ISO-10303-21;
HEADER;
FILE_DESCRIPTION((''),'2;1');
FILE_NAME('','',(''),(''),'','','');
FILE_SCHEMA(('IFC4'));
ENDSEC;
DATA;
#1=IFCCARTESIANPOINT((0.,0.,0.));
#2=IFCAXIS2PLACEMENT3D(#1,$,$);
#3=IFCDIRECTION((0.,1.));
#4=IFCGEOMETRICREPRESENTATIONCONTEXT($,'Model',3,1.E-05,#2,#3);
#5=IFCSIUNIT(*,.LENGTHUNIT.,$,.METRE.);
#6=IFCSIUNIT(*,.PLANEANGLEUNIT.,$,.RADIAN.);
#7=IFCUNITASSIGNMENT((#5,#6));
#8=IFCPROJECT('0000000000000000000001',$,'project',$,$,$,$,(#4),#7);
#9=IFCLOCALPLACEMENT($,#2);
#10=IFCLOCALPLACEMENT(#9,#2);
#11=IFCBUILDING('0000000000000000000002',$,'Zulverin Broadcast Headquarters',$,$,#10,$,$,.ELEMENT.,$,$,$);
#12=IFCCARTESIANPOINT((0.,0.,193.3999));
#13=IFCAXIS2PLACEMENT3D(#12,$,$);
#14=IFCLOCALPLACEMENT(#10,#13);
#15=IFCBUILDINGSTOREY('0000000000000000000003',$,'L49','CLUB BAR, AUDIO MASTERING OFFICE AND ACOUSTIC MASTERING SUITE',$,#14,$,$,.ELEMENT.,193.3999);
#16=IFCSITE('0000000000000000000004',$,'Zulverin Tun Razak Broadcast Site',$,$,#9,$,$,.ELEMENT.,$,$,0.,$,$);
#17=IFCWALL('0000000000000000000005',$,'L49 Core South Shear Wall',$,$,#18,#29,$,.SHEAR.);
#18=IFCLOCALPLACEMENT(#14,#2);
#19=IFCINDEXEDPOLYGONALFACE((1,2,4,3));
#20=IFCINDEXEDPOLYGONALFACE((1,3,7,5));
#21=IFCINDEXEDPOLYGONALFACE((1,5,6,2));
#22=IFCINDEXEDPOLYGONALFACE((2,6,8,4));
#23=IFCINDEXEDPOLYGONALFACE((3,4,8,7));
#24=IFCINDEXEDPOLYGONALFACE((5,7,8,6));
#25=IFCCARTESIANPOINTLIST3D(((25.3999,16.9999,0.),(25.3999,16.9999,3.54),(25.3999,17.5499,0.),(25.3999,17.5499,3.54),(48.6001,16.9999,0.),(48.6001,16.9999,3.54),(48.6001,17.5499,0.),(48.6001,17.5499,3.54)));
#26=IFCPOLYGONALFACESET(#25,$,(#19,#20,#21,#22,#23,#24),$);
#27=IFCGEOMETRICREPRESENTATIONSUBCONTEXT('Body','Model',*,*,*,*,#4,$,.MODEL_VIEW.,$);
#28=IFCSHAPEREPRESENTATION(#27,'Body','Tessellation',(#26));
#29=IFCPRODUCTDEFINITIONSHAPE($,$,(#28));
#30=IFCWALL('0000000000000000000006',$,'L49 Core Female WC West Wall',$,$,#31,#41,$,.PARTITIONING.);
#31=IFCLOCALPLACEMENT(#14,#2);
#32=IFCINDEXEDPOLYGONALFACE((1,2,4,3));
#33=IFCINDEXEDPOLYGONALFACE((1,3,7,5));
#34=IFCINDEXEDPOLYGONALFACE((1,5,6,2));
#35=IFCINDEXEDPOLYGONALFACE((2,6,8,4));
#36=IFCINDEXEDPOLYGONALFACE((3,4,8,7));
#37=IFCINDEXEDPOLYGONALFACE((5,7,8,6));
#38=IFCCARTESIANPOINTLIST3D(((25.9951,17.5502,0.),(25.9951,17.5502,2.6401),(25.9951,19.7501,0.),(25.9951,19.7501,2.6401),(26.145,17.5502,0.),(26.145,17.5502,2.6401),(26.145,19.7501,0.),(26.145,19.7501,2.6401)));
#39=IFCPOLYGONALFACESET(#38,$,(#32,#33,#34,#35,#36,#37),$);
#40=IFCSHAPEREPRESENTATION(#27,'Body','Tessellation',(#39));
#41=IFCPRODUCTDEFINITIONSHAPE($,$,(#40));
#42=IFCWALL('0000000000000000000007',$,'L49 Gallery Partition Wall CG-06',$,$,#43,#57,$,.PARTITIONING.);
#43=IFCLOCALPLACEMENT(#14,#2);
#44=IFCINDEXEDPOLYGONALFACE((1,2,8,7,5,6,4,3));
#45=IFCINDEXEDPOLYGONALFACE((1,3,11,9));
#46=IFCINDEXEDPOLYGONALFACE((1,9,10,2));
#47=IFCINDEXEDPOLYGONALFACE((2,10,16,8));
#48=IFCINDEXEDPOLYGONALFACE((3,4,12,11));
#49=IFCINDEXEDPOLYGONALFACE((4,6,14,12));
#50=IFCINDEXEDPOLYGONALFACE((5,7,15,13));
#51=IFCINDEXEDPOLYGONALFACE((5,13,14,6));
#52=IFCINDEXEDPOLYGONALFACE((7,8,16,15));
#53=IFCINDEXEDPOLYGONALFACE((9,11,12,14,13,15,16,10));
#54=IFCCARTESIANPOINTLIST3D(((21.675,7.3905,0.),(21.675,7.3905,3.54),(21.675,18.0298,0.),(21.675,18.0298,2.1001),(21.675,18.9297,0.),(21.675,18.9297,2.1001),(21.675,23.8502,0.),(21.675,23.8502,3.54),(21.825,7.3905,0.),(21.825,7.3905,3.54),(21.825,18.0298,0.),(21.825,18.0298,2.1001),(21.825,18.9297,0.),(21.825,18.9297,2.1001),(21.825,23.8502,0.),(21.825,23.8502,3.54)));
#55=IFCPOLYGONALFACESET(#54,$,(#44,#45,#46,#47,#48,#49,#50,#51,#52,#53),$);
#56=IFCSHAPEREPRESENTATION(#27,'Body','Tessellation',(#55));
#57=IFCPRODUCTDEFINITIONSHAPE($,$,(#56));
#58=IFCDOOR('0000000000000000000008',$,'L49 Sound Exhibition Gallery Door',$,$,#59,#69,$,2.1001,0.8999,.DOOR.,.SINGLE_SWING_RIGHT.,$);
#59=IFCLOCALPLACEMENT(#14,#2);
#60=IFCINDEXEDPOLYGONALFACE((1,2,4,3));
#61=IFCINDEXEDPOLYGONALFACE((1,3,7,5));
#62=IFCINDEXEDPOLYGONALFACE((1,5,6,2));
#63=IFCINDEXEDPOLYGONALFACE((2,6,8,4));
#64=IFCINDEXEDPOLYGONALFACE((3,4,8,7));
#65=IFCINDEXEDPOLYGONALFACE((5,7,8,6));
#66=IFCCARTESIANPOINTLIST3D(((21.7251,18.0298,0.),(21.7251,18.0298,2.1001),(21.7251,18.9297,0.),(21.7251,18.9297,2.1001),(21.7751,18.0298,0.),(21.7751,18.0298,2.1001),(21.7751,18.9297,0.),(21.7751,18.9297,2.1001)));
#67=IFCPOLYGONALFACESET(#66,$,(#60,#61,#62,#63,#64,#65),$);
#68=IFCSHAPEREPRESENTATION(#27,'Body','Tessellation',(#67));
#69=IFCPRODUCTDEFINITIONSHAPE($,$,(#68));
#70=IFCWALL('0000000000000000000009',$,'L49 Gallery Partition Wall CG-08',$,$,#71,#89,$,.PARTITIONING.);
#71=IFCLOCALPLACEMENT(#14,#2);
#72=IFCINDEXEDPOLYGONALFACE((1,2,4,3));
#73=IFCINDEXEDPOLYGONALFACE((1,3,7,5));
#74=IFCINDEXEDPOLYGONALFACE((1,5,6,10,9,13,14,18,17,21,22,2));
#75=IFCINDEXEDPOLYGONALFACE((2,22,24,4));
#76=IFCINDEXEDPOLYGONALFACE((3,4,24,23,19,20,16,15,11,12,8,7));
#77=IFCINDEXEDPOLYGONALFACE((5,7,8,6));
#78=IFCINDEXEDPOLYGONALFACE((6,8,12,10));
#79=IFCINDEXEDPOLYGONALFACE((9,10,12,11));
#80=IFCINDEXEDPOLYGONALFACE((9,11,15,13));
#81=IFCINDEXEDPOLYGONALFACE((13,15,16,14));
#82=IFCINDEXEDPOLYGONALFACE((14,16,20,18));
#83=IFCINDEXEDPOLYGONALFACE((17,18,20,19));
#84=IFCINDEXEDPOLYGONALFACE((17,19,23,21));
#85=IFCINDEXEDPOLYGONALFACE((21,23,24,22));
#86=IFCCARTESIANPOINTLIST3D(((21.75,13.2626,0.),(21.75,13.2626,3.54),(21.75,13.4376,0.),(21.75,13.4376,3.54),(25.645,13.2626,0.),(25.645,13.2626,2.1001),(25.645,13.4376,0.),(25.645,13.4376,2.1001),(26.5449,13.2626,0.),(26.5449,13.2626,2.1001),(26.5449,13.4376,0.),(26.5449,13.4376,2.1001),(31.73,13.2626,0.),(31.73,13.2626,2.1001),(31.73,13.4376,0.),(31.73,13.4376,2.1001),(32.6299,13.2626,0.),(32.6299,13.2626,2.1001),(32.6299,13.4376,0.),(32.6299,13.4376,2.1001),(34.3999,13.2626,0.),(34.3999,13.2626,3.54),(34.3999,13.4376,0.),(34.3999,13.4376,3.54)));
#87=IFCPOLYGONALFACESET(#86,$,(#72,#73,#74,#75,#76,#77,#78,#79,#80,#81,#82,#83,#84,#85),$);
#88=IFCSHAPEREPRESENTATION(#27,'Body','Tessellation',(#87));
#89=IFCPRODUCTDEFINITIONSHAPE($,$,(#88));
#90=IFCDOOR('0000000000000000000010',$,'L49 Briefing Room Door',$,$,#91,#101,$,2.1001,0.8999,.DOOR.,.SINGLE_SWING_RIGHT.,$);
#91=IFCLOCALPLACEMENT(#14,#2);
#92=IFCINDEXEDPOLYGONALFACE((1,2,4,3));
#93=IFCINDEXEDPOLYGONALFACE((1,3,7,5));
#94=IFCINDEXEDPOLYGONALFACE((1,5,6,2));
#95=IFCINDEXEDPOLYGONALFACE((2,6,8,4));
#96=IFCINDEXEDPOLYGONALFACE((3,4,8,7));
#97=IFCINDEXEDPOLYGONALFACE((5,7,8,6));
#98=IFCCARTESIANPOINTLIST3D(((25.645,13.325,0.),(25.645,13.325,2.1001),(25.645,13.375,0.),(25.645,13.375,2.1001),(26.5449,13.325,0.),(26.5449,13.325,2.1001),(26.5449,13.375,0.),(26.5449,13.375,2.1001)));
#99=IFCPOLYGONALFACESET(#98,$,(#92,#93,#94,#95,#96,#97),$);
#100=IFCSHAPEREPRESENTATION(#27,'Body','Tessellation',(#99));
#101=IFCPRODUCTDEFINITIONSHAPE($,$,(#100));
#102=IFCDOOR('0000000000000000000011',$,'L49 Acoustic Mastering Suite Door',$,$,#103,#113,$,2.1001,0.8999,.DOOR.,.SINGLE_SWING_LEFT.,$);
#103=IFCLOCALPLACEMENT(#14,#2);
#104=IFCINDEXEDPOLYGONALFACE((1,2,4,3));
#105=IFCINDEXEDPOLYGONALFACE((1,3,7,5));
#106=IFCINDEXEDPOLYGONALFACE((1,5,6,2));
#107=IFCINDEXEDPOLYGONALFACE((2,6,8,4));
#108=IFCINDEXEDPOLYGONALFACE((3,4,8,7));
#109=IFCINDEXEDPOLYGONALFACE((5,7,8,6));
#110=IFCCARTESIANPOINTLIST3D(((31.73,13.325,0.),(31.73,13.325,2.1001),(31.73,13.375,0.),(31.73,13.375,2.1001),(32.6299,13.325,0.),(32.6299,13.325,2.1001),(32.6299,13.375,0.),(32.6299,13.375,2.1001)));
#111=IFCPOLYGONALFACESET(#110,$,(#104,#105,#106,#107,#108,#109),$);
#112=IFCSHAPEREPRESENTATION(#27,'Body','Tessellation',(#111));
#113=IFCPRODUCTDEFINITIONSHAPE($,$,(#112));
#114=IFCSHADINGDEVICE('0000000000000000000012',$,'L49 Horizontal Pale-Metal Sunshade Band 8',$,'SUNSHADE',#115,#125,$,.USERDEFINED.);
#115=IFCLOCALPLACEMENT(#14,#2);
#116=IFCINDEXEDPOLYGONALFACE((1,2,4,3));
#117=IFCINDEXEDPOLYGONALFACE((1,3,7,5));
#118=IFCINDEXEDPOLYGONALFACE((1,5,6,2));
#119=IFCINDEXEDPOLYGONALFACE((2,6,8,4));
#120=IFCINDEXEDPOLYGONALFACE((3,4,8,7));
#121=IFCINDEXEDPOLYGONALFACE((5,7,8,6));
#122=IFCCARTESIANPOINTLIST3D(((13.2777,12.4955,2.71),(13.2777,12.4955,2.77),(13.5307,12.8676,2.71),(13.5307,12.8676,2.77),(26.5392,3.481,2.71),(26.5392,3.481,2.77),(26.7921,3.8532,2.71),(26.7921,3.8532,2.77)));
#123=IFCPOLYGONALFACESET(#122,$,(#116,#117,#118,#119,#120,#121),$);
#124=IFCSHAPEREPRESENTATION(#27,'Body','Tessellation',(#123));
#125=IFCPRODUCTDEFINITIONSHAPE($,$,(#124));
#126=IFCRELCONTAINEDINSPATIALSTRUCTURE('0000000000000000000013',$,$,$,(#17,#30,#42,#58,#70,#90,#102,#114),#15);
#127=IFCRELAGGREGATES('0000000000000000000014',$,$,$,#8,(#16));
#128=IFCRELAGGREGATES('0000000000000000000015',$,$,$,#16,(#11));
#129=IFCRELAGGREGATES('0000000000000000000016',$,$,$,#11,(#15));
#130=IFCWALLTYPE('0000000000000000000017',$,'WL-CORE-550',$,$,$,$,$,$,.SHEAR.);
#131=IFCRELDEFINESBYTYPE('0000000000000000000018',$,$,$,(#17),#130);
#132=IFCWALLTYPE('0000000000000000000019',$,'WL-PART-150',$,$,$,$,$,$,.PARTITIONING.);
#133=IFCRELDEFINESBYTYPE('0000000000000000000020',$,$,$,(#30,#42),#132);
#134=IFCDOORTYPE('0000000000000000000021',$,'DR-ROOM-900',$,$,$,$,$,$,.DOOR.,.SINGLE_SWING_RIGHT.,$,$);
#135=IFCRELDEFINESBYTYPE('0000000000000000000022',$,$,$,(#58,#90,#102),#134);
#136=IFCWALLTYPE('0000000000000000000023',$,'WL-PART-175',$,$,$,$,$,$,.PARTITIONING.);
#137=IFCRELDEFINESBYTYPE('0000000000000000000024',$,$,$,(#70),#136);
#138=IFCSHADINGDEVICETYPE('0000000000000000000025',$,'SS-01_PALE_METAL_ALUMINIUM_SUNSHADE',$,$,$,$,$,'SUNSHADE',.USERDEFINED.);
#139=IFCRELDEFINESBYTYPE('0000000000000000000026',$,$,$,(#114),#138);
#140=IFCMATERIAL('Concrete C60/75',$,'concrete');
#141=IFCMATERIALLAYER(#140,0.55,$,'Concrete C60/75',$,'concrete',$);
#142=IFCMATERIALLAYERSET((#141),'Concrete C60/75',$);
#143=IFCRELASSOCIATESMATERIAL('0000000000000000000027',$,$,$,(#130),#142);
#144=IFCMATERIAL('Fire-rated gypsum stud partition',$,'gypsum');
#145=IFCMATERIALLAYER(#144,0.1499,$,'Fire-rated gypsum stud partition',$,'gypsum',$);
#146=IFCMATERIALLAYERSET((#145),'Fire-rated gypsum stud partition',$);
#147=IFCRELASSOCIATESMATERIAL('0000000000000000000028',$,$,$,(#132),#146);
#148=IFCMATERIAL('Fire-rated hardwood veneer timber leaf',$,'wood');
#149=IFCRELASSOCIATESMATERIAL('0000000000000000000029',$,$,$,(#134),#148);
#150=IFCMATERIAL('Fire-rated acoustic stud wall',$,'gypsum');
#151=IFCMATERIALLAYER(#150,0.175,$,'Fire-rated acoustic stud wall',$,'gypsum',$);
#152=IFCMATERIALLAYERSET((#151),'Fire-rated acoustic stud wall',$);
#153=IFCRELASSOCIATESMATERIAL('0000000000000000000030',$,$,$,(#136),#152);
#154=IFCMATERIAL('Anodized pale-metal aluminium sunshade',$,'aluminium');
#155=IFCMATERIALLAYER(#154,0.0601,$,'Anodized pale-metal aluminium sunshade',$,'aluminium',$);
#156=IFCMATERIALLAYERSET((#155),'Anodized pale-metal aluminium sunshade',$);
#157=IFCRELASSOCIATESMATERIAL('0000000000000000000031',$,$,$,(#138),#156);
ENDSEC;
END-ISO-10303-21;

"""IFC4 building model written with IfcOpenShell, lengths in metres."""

from ifc_helpers import new_model, si_unit, direction, frame, frame_2d, origin, origin_2d, place, context, subcontext, project, spatial, rectangle, extrude, material, layer, layer_set, type_object, element, fill, save


model = new_model("IFC4")

# Units and contexts
model_context = context("Model", 3, precision=1e-05, world=origin(), true_north=direction((0.0, 1.0)))
body_context = subcontext(model_context, "Body", "Model", "MODEL_VIEW")
ifc_project = project(units=[si_unit("LENGTHUNIT", "METRE"), si_unit("PLANEANGLEUNIT", "RADIAN")], contexts=[model_context])

# Site, building, storey
site_placement = place(None, origin())
site = spatial("IfcSite", under=ifc_project, at=site_placement, Name="Zulverin Tun Razak Broadcast Site", CompositionType="ELEMENT", RefElevation=0.0)
building_placement = place(site_placement, origin())
building = spatial("IfcBuilding", under=site, at=building_placement, Name="Zulverin Broadcast Headquarters", CompositionType="ELEMENT")
storey_placement = place(building_placement, frame((0.0, 0.0, 193.3999)))
storey = spatial("IfcBuildingStorey", under=building, at=storey_placement, Name="L49", Description="CLUB BAR, AUDIO MASTERING OFFICE AND ACOUSTIC MASTERING SUITE", CompositionType="ELEMENT", Elevation=193.3999)

# Shared definitions
ifc_material_1 = material(Name="Concrete C60/75", Category="concrete")

# Wall
ifc_layer_1 = layer(ifc_material_1, 0.55, Name="Concrete C60/75", Category="concrete")
ifc_layer_set_1 = layer_set([ifc_layer_1], Name="Concrete C60/75")
wall_type_1 = type_object("IfcWallType", Name="WL-CORE-550", PredefinedType="SHEAR", material=ifc_layer_set_1)
wall_1_placement = place(storey_placement, frame((25.3999, 17.2749, 0.0), z_axis=(0.0, 0.0, 1.0), x_axis=(1.0, 0.0, 0.0)))
element("IfcWall", 1, at=wall_1_placement, inside=storey, type_object=wall_type_1, Name="L49 Core South Shear Wall", PredefinedType="SHEAR", context=body_context, shape_type="SweptSolid", body=[
    extrude(rectangle(XDim=23.2002, YDim=0.55, at=frame_2d((11.6001, 0.0))), origin(), (0.0, 0.0, 1.0), 3.54),
])

# Wall
ifc_material_2 = material(Name="Fire-rated gypsum stud partition", Category="gypsum")
ifc_layer_2 = layer(ifc_material_2, 0.1499, Name="Fire-rated gypsum stud partition", Category="gypsum")
ifc_layer_set_2 = layer_set([ifc_layer_2], Name="Fire-rated gypsum stud partition")
wall_type_2 = type_object("IfcWallType", Name="WL-PART-150", PredefinedType="PARTITIONING", material=ifc_layer_set_2)
wall_2_placement = place(storey_placement, frame((26.0701, 17.55, 0.0), z_axis=(0.0, 0.0, 1.0), x_axis=(0.0, 1.0, 0.0)))
element("IfcWall", 2, at=wall_2_placement, inside=storey, type_object=wall_type_2, Name="L49 Core Female WC West Wall", PredefinedType="PARTITIONING", context=body_context, shape_type="SweptSolid", body=[
    extrude(rectangle(XDim=2.2, YDim=0.1499, at=frame_2d((1.1001, 0.0))), origin(), (0.0, 0.0, 1.0), 2.6401),
])

# Wall, opening, door
wall_3_placement = place(storey_placement, frame((21.75, 7.3904, 0.0), z_axis=(0.0, 0.0, 1.0), x_axis=(0.0, 1.0, 0.0)))
wall_3 = element("IfcWall", 3, at=wall_3_placement, inside=storey, type_object=wall_type_2, Name="L49 Gallery Partition Wall CG-06", PredefinedType="PARTITIONING", context=body_context, shape_type="SweptSolid", body=[
    extrude(rectangle(XDim=16.4597, YDim=0.1499, at=frame_2d((8.23, 0.0))), origin(), (0.0, 0.0, 1.0), 3.54),
])
opening_1_placement = place(wall_3_placement, frame((10.6394, 0.0, 0.0)))
opening_1 = element("IfcOpeningElement", 4, at=opening_1_placement, cuts=wall_3, PredefinedType="OPENING", context=body_context, shape_type="SweptSolid", body=[
    extrude(rectangle(XDim=0.8999, YDim=2.1001, at=frame_2d((0.45, 1.05))), frame((0.0, 0.085, 0.0), z_axis=(0.0, -1.0, 0.0), x_axis=(1.0, 0.0, 0.0)), (0.0, 0.0, 1.0), 0.1699),
])
ifc_material_3 = material(Name="Fire-rated hardwood veneer timber leaf", Category="wood")
door_type_1 = type_object("IfcDoorType", Name="DR-ROOM-900", OperationType="SINGLE_SWING_RIGHT", PredefinedType="DOOR", material=ifc_material_3)
door_1_placement = place(opening_1_placement, origin())
door_1 = element("IfcDoor", 5, at=door_1_placement, inside=storey, type_object=door_type_1, Name="L49 Sound Exhibition Gallery Door", OperationType="SINGLE_SWING_RIGHT", OverallHeight=2.1001, OverallWidth=0.8999, PredefinedType="DOOR", context=body_context, shape_type="SweptSolid", body=[
    extrude(rectangle(XDim=0.8999, YDim=2.1001, at=frame_2d((0.45, 1.05))), frame((0.0, 0.0249, 0.0), z_axis=(0.0, -1.0, 0.0), x_axis=(1.0, 0.0, 0.0)), (0.0, 0.0, 1.0), 0.05),
])
fill(opening_1, door_1)

# Wall, openings, doors
ifc_material_4 = material(Name="Fire-rated acoustic stud wall", Category="gypsum")
ifc_layer_3 = layer(ifc_material_4, 0.175, Name="Fire-rated acoustic stud wall", Category="gypsum")
ifc_layer_set_3 = layer_set([ifc_layer_3], Name="Fire-rated acoustic stud wall")
wall_type_3 = type_object("IfcWallType", Name="WL-PART-175", PredefinedType="PARTITIONING", material=ifc_layer_set_3)
wall_4_placement = place(storey_placement, frame((21.75, 13.3501, 0.0), z_axis=(0.0, 0.0, 1.0), x_axis=(1.0, 0.0, 0.0)))
wall_4 = element("IfcWall", 6, at=wall_4_placement, inside=storey, type_object=wall_type_3, Name="L49 Gallery Partition Wall CG-08", PredefinedType="PARTITIONING", context=body_context, shape_type="SweptSolid", body=[
    extrude(rectangle(XDim=12.6499, YDim=0.175, at=frame_2d((6.325, 0.0))), origin(), (0.0, 0.0, 1.0), 3.54),
])
opening_2_placement = place(wall_4_placement, frame((3.895, 0.0, 0.0)))
opening_2 = element("IfcOpeningElement", 7, at=opening_2_placement, cuts=wall_4, PredefinedType="OPENING", context=body_context, shape_type="SweptSolid", body=[
    extrude(rectangle(XDim=0.8999, YDim=2.1001, at=frame_2d((0.45, 1.05))), frame((0.0, 0.0974, 0.0), z_axis=(0.0, -1.0, 0.0), x_axis=(1.0, 0.0, 0.0)), (0.0, 0.0, 1.0), 0.1951),
])
opening_3_placement = place(wall_4_placement, frame((9.98, 0.0, 0.0)))
opening_3 = element("IfcOpeningElement", 8, at=opening_3_placement, cuts=wall_4, PredefinedType="OPENING", context=body_context, shape_type="SweptSolid", body=[
    extrude(rectangle(XDim=0.8999, YDim=2.1001, at=frame_2d((0.45, 1.05))), frame((0.0, 0.0974, 0.0), z_axis=(0.0, -1.0, 0.0), x_axis=(1.0, 0.0, 0.0)), (0.0, 0.0, 1.0), 0.1951),
])
door_2_placement = place(opening_2_placement, origin())
door_2 = element("IfcDoor", 9, at=door_2_placement, inside=storey, type_object=door_type_1, Name="L49 Briefing Room Door", OperationType="SINGLE_SWING_RIGHT", OverallHeight=2.1001, OverallWidth=0.8999, PredefinedType="DOOR", context=body_context, shape_type="SweptSolid", body=[
    extrude(rectangle(XDim=0.8999, YDim=2.1001, at=frame_2d((0.45, 1.05))), frame((0.0, 0.0249, 0.0), z_axis=(0.0, -1.0, 0.0), x_axis=(1.0, 0.0, 0.0)), (0.0, 0.0, 1.0), 0.05),
])
fill(opening_2, door_2)
door_3_placement = place(opening_3_placement, origin())
door_3 = element("IfcDoor", 10, at=door_3_placement, inside=storey, type_object=door_type_1, Name="L49 Acoustic Mastering Suite Door", OperationType="SINGLE_SWING_LEFT", OverallHeight=2.1001, OverallWidth=0.8999, PredefinedType="DOOR", context=body_context, shape_type="SweptSolid", body=[
    extrude(rectangle(XDim=0.8999, YDim=2.1001, at=frame_2d((0.45, 1.05))), frame((0.0, 0.0249, 0.0), z_axis=(0.0, -1.0, 0.0), x_axis=(1.0, 0.0, 0.0)), (0.0, 0.0, 1.0), 0.05),
])
fill(opening_3, door_3)

# Shading device
ifc_material_5 = material(Name="Anodized pale-metal aluminium sunshade", Category="aluminium")
ifc_layer_4 = layer(ifc_material_5, 0.0601, Name="Anodized pale-metal aluminium sunshade", Category="aluminium")
ifc_layer_set_4 = layer_set([ifc_layer_4], Name="Anodized pale-metal aluminium sunshade")
shading_device_type = type_object("IfcShadingDeviceType", Name="SS-01_PALE_METAL_ALUMINIUM_SUNSHADE", ElementType="SUNSHADE", PredefinedType="USERDEFINED", material=ifc_layer_set_4)
shading_device_placement = place(storey_placement, frame((20.0349, 8.1743, 2.71), z_axis=(0.0, 0.0, 1.0), x_axis=(0.827025, -0.562166, 0.0)))
element("IfcShadingDevice", 11, at=shading_device_placement, inside=storey, type_object=shading_device_type, Name="L49 Horizontal Pale-Metal Sunshade Band 8", ObjectType="SUNSHADE", PredefinedType="USERDEFINED", context=body_context, shape_type="SweptSolid", body=[
    extrude(rectangle(XDim=16.0352, YDim=0.45, at=origin_2d()), origin(), (0.0, 0.0, 1.0), 0.0601),
])

save(model, "model.ifc")
